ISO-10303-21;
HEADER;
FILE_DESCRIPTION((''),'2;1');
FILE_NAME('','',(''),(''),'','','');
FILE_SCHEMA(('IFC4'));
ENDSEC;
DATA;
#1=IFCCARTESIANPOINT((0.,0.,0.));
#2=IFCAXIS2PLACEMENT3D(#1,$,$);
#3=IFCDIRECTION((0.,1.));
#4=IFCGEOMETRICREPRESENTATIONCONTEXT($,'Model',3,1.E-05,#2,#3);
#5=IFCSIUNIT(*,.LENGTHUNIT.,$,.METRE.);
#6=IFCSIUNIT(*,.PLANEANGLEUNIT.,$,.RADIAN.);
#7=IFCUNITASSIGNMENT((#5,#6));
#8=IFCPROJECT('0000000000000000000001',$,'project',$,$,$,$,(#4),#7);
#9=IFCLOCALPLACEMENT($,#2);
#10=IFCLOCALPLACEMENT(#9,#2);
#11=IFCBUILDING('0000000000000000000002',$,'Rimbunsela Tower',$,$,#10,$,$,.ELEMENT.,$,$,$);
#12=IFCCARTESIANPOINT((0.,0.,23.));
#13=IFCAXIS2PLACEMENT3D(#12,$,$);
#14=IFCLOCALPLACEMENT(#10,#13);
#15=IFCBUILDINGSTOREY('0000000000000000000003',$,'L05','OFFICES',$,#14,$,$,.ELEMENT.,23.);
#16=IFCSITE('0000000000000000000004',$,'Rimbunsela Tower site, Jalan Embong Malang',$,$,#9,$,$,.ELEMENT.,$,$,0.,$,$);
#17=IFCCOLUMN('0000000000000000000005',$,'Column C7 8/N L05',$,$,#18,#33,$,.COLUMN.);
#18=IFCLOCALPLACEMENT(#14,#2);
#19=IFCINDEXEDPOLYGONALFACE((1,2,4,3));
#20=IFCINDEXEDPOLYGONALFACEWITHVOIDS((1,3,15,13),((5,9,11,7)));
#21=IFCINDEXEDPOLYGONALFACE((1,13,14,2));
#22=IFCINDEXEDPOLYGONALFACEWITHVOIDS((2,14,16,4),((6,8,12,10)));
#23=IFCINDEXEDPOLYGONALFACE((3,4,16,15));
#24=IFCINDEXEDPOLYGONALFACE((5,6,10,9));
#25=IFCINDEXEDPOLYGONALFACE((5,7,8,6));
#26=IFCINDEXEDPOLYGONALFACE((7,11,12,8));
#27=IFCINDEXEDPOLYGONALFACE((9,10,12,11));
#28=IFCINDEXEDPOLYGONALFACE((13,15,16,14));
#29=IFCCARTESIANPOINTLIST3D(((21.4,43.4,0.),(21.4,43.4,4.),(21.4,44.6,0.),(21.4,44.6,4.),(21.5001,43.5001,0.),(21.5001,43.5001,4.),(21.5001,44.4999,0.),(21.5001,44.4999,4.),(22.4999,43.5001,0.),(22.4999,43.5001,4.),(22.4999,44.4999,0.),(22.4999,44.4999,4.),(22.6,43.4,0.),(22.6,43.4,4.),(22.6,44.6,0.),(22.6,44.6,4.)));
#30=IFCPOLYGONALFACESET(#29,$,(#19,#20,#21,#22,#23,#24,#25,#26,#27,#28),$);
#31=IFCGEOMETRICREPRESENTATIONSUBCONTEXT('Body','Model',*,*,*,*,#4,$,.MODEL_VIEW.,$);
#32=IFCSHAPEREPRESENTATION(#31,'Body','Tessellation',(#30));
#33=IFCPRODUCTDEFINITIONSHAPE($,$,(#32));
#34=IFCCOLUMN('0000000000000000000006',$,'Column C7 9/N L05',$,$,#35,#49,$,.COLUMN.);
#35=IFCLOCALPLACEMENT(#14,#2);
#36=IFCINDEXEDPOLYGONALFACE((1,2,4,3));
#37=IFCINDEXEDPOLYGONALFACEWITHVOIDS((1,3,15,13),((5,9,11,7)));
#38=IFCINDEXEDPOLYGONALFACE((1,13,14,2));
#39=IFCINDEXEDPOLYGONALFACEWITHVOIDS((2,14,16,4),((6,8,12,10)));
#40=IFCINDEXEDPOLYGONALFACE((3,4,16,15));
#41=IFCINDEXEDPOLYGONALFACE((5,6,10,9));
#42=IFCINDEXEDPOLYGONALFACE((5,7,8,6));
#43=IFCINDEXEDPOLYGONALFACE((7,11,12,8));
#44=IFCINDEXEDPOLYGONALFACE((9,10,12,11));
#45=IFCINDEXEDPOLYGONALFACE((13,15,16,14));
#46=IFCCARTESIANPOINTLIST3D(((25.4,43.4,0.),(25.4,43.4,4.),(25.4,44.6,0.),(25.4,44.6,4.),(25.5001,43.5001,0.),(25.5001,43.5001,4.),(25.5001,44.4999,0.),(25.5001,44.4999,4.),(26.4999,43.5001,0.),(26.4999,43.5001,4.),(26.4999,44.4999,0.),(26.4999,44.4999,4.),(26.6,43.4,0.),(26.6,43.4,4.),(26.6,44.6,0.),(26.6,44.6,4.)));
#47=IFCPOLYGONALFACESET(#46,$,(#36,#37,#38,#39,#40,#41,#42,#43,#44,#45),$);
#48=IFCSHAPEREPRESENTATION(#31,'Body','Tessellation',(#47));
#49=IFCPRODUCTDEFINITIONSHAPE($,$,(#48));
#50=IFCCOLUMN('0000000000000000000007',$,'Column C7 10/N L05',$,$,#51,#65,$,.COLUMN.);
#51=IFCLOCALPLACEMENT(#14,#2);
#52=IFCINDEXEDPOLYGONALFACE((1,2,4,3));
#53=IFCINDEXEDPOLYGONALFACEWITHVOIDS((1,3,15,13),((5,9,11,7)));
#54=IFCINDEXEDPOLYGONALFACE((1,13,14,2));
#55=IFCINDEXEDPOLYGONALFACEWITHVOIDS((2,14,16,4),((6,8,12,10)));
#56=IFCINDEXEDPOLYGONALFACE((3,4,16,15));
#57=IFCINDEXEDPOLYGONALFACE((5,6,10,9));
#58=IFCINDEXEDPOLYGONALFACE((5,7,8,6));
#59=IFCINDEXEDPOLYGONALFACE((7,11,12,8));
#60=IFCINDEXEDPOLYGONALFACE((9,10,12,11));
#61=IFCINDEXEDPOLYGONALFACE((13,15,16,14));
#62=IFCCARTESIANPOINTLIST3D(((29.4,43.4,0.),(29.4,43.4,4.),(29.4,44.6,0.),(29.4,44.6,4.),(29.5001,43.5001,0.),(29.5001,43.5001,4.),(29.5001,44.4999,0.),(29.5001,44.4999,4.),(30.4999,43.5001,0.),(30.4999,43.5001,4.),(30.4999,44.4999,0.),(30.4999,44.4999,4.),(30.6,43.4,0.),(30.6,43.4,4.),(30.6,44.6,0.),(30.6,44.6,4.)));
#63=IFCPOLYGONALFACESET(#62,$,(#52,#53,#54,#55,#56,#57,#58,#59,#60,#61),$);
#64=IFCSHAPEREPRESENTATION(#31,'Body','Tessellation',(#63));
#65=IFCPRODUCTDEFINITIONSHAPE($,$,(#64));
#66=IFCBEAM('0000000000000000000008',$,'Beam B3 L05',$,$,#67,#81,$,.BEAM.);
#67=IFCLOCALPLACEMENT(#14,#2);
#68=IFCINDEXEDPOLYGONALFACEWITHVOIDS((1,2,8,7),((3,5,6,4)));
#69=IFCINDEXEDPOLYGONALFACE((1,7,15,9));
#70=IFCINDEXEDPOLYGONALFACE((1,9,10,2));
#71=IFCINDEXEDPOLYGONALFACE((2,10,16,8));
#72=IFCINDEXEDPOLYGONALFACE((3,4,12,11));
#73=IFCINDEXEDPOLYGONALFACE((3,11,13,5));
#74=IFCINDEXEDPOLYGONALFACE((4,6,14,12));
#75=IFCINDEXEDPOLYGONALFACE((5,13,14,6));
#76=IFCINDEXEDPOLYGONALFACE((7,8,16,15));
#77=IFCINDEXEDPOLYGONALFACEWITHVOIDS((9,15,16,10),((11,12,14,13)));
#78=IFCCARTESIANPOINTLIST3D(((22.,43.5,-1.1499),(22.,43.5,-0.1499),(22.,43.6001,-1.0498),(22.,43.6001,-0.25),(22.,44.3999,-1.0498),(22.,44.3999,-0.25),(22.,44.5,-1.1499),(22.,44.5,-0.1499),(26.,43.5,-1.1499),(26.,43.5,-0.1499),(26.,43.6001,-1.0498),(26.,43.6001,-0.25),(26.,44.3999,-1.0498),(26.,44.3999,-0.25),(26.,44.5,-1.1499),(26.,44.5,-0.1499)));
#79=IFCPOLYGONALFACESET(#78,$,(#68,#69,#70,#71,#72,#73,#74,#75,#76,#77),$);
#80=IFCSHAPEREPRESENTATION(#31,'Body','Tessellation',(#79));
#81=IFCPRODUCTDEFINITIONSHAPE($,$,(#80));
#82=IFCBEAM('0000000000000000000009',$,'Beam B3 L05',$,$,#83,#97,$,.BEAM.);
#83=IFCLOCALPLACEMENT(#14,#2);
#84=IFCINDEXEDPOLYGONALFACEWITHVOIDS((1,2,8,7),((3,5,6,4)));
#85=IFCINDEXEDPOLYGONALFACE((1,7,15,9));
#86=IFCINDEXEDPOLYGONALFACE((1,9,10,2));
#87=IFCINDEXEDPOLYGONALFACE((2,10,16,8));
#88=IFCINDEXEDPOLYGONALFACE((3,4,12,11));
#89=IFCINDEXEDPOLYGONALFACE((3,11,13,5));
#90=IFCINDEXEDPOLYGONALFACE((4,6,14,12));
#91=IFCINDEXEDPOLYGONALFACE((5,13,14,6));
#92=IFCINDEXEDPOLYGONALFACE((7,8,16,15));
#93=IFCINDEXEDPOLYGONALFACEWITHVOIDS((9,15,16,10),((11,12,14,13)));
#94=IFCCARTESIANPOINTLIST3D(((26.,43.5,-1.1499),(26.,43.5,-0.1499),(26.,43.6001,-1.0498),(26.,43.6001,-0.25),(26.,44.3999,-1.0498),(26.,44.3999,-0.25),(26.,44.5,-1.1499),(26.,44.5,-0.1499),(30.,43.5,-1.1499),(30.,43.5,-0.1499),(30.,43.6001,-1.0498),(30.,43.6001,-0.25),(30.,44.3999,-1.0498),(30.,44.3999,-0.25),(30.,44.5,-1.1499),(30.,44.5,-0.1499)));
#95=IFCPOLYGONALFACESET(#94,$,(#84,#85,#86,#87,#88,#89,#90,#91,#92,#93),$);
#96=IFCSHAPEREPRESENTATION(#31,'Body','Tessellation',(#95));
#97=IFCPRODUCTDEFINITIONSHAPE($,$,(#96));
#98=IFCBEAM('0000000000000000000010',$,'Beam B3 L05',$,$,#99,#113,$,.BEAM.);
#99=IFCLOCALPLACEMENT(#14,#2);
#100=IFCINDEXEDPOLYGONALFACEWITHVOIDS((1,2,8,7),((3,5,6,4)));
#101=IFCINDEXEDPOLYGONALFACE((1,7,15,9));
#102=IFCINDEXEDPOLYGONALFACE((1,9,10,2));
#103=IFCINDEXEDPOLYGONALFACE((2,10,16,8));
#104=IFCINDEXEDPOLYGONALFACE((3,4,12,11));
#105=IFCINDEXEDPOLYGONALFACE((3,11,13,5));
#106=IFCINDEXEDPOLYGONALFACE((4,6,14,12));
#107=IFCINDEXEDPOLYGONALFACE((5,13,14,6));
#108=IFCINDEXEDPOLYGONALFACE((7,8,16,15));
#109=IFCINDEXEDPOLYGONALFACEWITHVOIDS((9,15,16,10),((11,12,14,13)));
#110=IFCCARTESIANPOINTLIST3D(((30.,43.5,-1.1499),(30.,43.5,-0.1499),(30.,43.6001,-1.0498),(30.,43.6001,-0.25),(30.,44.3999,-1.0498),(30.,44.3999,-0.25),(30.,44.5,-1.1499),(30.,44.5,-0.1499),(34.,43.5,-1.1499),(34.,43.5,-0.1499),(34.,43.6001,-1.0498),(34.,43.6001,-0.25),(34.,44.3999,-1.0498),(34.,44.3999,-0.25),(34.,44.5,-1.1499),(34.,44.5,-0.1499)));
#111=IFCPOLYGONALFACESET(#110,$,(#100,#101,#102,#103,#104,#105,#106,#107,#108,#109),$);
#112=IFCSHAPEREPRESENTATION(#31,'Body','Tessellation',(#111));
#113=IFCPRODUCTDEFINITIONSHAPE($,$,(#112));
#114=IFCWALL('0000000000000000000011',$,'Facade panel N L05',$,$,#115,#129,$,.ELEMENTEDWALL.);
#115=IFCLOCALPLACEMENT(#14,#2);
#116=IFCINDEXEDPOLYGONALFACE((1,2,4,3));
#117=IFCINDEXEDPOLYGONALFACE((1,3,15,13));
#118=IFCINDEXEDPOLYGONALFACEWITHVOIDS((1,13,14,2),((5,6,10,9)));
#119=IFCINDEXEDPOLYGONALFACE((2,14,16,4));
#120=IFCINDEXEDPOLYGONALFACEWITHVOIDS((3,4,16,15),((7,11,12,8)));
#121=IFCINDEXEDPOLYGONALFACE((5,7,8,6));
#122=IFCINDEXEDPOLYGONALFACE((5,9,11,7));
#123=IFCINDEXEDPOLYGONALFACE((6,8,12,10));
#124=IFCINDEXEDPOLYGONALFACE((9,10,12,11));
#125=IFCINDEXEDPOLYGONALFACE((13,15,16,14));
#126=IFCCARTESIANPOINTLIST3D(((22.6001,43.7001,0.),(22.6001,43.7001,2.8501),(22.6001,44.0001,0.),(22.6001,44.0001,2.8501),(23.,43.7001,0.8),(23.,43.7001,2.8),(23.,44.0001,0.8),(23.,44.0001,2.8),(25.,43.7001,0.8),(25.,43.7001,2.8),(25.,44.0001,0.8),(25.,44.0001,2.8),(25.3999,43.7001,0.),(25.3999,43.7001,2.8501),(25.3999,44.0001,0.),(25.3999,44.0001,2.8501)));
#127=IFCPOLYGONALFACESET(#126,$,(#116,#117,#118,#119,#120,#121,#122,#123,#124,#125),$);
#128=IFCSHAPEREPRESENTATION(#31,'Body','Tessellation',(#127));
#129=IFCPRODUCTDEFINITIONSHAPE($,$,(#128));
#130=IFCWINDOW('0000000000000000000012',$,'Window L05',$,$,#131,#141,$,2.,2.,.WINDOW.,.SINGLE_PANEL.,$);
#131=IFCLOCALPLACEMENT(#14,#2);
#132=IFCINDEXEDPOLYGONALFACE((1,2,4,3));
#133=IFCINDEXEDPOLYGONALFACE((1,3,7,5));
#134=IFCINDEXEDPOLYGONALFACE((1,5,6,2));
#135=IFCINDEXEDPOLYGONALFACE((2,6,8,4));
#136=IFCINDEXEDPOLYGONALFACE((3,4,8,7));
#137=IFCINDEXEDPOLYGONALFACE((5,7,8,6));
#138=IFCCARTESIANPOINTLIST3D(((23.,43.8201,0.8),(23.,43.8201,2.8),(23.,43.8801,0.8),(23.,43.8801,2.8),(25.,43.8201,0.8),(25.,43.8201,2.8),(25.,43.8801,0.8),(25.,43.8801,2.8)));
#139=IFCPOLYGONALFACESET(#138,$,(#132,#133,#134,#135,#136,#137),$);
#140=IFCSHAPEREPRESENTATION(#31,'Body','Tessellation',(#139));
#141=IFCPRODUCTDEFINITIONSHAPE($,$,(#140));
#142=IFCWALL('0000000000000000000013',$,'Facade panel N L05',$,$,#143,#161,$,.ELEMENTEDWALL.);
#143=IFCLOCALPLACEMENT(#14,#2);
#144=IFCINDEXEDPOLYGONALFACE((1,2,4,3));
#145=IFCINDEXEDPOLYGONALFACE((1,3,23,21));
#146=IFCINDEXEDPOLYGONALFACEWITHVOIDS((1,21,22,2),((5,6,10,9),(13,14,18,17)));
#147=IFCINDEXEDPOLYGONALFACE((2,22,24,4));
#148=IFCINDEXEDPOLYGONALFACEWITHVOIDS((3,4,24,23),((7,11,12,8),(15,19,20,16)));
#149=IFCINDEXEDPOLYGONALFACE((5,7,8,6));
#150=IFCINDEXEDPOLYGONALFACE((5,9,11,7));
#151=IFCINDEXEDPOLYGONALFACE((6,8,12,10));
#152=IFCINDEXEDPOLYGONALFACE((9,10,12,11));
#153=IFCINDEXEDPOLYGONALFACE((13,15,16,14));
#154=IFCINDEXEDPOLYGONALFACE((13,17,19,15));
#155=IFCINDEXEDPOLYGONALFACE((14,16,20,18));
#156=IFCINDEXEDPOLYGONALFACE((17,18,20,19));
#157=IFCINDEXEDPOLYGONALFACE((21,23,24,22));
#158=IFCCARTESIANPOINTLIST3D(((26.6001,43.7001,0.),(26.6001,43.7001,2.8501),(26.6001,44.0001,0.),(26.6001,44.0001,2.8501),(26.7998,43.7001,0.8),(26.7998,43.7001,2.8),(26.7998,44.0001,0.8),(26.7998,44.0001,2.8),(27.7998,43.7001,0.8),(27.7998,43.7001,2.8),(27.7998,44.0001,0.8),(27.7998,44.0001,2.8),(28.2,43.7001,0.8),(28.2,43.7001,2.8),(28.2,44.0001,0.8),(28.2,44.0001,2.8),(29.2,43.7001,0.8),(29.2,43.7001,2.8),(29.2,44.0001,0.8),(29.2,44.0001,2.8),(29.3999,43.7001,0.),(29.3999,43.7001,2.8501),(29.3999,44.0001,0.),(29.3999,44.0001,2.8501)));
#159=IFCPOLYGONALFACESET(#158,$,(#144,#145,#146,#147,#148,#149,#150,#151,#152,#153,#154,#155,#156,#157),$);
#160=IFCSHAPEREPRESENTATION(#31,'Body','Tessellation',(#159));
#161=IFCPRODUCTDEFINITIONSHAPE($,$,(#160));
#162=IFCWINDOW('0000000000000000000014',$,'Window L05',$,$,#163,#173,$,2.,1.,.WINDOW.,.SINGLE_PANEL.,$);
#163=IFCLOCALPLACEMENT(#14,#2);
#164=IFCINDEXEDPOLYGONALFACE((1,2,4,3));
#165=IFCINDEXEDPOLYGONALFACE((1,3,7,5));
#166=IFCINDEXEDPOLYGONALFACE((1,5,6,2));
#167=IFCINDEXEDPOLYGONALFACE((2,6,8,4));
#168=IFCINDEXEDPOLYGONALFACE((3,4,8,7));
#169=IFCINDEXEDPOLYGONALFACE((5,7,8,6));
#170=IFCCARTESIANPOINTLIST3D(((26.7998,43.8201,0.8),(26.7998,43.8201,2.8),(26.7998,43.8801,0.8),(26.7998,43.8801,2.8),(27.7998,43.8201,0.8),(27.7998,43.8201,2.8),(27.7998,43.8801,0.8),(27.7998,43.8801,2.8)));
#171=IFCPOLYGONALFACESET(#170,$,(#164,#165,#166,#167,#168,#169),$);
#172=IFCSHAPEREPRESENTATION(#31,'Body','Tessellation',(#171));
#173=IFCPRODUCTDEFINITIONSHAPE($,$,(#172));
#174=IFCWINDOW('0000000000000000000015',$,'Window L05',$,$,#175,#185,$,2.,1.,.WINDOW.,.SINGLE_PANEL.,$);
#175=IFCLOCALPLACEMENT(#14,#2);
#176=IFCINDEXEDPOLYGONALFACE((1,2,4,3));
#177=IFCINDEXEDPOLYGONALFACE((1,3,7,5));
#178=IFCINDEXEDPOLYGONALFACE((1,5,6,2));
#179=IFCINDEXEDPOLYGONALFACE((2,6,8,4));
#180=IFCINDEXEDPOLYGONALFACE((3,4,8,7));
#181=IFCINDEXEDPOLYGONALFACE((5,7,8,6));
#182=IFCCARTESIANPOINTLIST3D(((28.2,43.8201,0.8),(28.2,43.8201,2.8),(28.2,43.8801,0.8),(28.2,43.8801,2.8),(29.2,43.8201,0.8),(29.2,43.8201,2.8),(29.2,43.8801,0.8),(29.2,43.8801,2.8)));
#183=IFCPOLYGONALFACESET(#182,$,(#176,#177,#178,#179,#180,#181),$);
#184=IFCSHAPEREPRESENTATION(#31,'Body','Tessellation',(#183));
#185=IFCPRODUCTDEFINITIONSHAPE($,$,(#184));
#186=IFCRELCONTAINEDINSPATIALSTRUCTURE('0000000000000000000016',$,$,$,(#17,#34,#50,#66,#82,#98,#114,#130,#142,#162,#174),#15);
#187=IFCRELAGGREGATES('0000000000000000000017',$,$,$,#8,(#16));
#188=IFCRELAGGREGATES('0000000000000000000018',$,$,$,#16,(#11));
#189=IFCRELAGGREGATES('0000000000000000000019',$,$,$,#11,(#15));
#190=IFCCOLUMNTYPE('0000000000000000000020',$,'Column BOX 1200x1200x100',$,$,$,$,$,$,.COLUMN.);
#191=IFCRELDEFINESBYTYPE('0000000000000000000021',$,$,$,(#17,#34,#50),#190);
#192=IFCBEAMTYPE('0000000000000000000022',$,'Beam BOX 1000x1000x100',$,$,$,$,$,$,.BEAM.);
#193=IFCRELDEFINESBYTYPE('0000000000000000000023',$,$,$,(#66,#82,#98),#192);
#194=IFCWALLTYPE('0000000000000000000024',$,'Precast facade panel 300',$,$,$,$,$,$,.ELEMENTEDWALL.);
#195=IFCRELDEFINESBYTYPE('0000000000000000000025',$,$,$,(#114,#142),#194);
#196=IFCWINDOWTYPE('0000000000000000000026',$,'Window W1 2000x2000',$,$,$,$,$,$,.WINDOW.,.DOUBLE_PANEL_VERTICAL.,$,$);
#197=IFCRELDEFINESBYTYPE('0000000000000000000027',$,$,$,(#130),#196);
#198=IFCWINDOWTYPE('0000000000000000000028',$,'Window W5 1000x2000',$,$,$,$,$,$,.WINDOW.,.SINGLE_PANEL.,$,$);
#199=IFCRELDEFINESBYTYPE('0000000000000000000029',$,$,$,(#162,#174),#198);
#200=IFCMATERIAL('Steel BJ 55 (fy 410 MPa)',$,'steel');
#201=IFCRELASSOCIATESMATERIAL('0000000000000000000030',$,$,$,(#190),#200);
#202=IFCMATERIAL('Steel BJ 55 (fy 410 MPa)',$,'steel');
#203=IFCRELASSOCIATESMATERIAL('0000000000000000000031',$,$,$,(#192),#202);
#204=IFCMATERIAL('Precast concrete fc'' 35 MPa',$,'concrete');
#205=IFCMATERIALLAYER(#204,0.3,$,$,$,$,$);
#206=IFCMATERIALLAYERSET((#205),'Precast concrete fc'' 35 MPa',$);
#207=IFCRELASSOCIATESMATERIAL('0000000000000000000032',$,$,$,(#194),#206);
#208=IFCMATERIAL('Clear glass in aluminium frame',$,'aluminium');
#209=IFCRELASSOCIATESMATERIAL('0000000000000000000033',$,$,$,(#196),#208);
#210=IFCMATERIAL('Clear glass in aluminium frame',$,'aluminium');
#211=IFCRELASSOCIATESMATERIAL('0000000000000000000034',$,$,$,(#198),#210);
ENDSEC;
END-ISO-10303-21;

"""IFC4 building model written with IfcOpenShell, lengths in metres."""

from ifc_helpers import new_model, si_unit, direction, frame, frame_2d, origin, origin_2d, place, context, subcontext, project, spatial, rectangle, hollow_rectangle, extrude, material, layer, layer_set, material_profile, profile_set, type_object, element, fill, save


model = new_model("IFC4")

# Units and contexts
model_context = context("Model", 3, precision=1e-05, world=origin(), true_north=direction((0.0, 1.0)))
body_context = subcontext(model_context, "Body", "Model", "MODEL_VIEW")
ifc_project = project(units=[si_unit("LENGTHUNIT", "METRE"), si_unit("PLANEANGLEUNIT", "RADIAN")], contexts=[model_context])

# Site, building, storey
site_placement = place(None, origin())
site = spatial("IfcSite", under=ifc_project, at=site_placement, Name="Rimbunsela Tower site, Jalan Embong Malang", CompositionType="ELEMENT", RefElevation=0.0)
building_placement = place(site_placement, origin())
building = spatial("IfcBuilding", under=site, at=building_placement, Name="Rimbunsela Tower", CompositionType="ELEMENT")
storey_placement = place(building_placement, frame((0.0, 0.0, 23.0)))
storey = spatial("IfcBuildingStorey", under=building, at=storey_placement, Name="L05", Description="OFFICES", CompositionType="ELEMENT", Elevation=23.0)

# Columns
ifc_material_1 = material(Name="Steel BJ 55 (fy 410 MPa)", Category="steel")
ifc_material_profile_1 = material_profile(ifc_material_1, hollow_rectangle(XDim=1.2, YDim=1.2, WallThickness=0.1001, at=origin_2d()), Name="BOX 1200x1200x100")
ifc_profile_set_1 = profile_set([ifc_material_profile_1], Name="Steel BJ 55 (fy 410 MPa)")
column_type = type_object("IfcColumnType", Name="Column BOX 1200x1200x100", PredefinedType="COLUMN", material=ifc_profile_set_1)
for number, where, z_axis, x_axis, name in (
    (1, (22.0, 44.0, 0.0), (0.0, 0.0, 1.0), (1.0, 0.0, 0.0), "Column C7 8/N L05"),
    (2, (26.0, 44.0, 0.0), (0.0, 0.0, 1.0), (1.0, 0.0, 0.0), "Column C7 9/N L05"),
    (3, (30.0, 44.0, 0.0), (0.0, 0.0, 1.0), (1.0, 0.0, 0.0), "Column C7 10/N L05"),
):
    element("IfcColumn", number, at=place(storey_placement, frame(where, z_axis=z_axis, x_axis=x_axis)), inside=storey, type_object=column_type, Name=name, PredefinedType="COLUMN", context=body_context, shape_type="SweptSolid", body=[
        extrude(hollow_rectangle(XDim=1.2, YDim=1.2, WallThickness=0.1001, at=origin_2d()), origin(), (0.0, 0.0, 1.0), 4.0),
    ])

# Beams
ifc_material_2 = material(Name="Steel BJ 55 (fy 410 MPa)", Category="steel")
ifc_material_profile_2 = material_profile(ifc_material_2, hollow_rectangle(XDim=1.0, YDim=1.0, WallThickness=0.1001, at=origin_2d()), Name="BOX 1000x1000x100")
ifc_profile_set_2 = profile_set([ifc_material_profile_2], Name="Steel BJ 55 (fy 410 MPa)")
beam_type = type_object("IfcBeamType", Name="Beam BOX 1000x1000x100", PredefinedType="BEAM", material=ifc_profile_set_2)
for number, where, z_axis, x_axis, name in (
    (4, (22.0, 44.0, -0.6499), (1.0, 0.0, 0.0), (0.0, 1.0, 0.0), "Beam B3 L05"),
    (5, (26.0, 44.0, -0.6499), (1.0, 0.0, 0.0), (0.0, 1.0, 0.0), "Beam B3 L05"),
    (6, (30.0, 44.0, -0.6499), (1.0, 0.0, 0.0), (0.0, 1.0, 0.0), "Beam B3 L05"),
):
    element("IfcBeam", number, at=place(storey_placement, frame(where, z_axis=z_axis, x_axis=x_axis)), inside=storey, type_object=beam_type, Name=name, PredefinedType="BEAM", context=body_context, shape_type="SweptSolid", body=[
        extrude(hollow_rectangle(XDim=1.0, YDim=1.0, WallThickness=0.1001, at=origin_2d()), origin(), (0.0, 0.0, 1.0), 4.0),
    ])

# Wall, opening, window
ifc_material_3 = material(Name="Precast concrete fc' 35 MPa", Category="concrete")
ifc_layer_1 = layer(ifc_material_3, 0.3)
ifc_layer_set_1 = layer_set([ifc_layer_1], Name="Precast concrete fc' 35 MPa")
wall_type_1 = type_object("IfcWallType", Name="Precast facade panel 300", PredefinedType="ELEMENTEDWALL", material=ifc_layer_set_1)
wall_1_placement = place(storey_placement, frame((25.3999, 43.8501, 0.0), z_axis=(0.0, 0.0, 1.0), x_axis=(-1.0, 0.0, 0.0)))
wall_1 = element("IfcWall", 7, at=wall_1_placement, inside=storey, type_object=wall_type_1, Name="Facade panel N L05", PredefinedType="ELEMENTEDWALL", context=body_context, shape_type="SweptSolid", body=[
    extrude(rectangle(XDim=2.7998, YDim=0.3, at=frame_2d((1.3999, 0.0))), origin(), (0.0, 0.0, 1.0), 2.8501),
])
opening_1_placement = place(wall_1_placement, frame((0.3999, 0.0, 0.8)))
opening_1 = element("IfcOpeningElement", 8, at=opening_1_placement, cuts=wall_1, PredefinedType="OPENING", context=body_context, shape_type="SweptSolid", body=[
    extrude(rectangle(XDim=2.0, YDim=2.0, at=frame_2d((1.0, 1.0))), frame((0.0, 0.1599, 0.0), z_axis=(0.0, -1.0, 0.0), x_axis=(1.0, 0.0, 0.0)), (0.0, 0.0, 1.0), 0.3201),
])
ifc_material_4 = material(Name="Clear glass in aluminium frame", Category="aluminium")
window_type_1 = type_object("IfcWindowType", Name="Window W1 2000x2000", PartitioningType="DOUBLE_PANEL_VERTICAL", PredefinedType="WINDOW", material=ifc_material_4)
window_1_placement = place(opening_1_placement, origin())
window_1 = element("IfcWindow", 9, at=window_1_placement, inside=storey, type_object=window_type_1, Name="Window L05", OverallHeight=2.0, OverallWidth=2.0, PartitioningType="SINGLE_PANEL", PredefinedType="WINDOW", context=body_context, shape_type="SweptSolid", body=[
    extrude(rectangle(XDim=2.0, YDim=2.0, at=frame_2d((1.0, 1.0))), frame((0.0, 0.03, 0.0), z_axis=(0.0, -1.0, 0.0), x_axis=(1.0, 0.0, 0.0)), (0.0, 0.0, 1.0), 0.0601),
])
fill(opening_1, window_1)

# Wall, openings, windows
wall_2_placement = place(storey_placement, frame((29.3999, 43.8501, 0.0), z_axis=(0.0, 0.0, 1.0), x_axis=(-1.0, 0.0, 0.0)))
wall_2 = element("IfcWall", 10, at=wall_2_placement, inside=storey, type_object=wall_type_1, Name="Facade panel N L05", PredefinedType="ELEMENTEDWALL", context=body_context, shape_type="SweptSolid", body=[
    extrude(rectangle(XDim=2.7998, YDim=0.3, at=frame_2d((1.3999, 0.0))), origin(), (0.0, 0.0, 1.0), 2.8501),
])
opening_2_placement = place(wall_2_placement, frame((1.6001, 0.0, 0.8)))
opening_2 = element("IfcOpeningElement", 11, at=opening_2_placement, cuts=wall_2, PredefinedType="OPENING", context=body_context, shape_type="SweptSolid", body=[
    extrude(rectangle(XDim=1.0, YDim=2.0, at=frame_2d((0.5, 1.0))), frame((0.0, 0.1599, 0.0), z_axis=(0.0, -1.0, 0.0), x_axis=(1.0, 0.0, 0.0)), (0.0, 0.0, 1.0), 0.3201),
])
opening_3_placement = place(wall_2_placement, frame((0.2, 0.0, 0.8)))
opening_3 = element("IfcOpeningElement", 12, at=opening_3_placement, cuts=wall_2, PredefinedType="OPENING", context=body_context, shape_type="SweptSolid", body=[
    extrude(rectangle(XDim=1.0, YDim=2.0, at=frame_2d((0.5, 1.0))), frame((0.0, 0.1599, 0.0), z_axis=(0.0, -1.0, 0.0), x_axis=(1.0, 0.0, 0.0)), (0.0, 0.0, 1.0), 0.3201),
])
ifc_material_5 = material(Name="Clear glass in aluminium frame", Category="aluminium")
window_type_2 = type_object("IfcWindowType", Name="Window W5 1000x2000", PartitioningType="SINGLE_PANEL", PredefinedType="WINDOW", material=ifc_material_5)
window_2_placement = place(opening_2_placement, origin())
window_2 = element("IfcWindow", 13, at=window_2_placement, inside=storey, type_object=window_type_2, Name="Window L05", OverallHeight=2.0, OverallWidth=1.0, PartitioningType="SINGLE_PANEL", PredefinedType="WINDOW", context=body_context, shape_type="SweptSolid", body=[
    extrude(rectangle(XDim=1.0, YDim=2.0, at=frame_2d((0.5, 1.0))), frame((0.0, 0.03, 0.0), z_axis=(0.0, -1.0, 0.0), x_axis=(1.0, 0.0, 0.0)), (0.0, 0.0, 1.0), 0.0601),
])
fill(opening_2, window_2)
window_3_placement = place(opening_3_placement, origin())
window_3 = element("IfcWindow", 14, at=window_3_placement, inside=storey, type_object=window_type_2, Name="Window L05", OverallHeight=2.0, OverallWidth=1.0, PartitioningType="SINGLE_PANEL", PredefinedType="WINDOW", context=body_context, shape_type="SweptSolid", body=[
    extrude(rectangle(XDim=1.0, YDim=2.0, at=frame_2d((0.5, 1.0))), frame((0.0, 0.03, 0.0), z_axis=(0.0, -1.0, 0.0), x_axis=(1.0, 0.0, 0.0)), (0.0, 0.0, 1.0), 0.0601),
])
fill(opening_3, window_3)

save(model, "model.ifc")
